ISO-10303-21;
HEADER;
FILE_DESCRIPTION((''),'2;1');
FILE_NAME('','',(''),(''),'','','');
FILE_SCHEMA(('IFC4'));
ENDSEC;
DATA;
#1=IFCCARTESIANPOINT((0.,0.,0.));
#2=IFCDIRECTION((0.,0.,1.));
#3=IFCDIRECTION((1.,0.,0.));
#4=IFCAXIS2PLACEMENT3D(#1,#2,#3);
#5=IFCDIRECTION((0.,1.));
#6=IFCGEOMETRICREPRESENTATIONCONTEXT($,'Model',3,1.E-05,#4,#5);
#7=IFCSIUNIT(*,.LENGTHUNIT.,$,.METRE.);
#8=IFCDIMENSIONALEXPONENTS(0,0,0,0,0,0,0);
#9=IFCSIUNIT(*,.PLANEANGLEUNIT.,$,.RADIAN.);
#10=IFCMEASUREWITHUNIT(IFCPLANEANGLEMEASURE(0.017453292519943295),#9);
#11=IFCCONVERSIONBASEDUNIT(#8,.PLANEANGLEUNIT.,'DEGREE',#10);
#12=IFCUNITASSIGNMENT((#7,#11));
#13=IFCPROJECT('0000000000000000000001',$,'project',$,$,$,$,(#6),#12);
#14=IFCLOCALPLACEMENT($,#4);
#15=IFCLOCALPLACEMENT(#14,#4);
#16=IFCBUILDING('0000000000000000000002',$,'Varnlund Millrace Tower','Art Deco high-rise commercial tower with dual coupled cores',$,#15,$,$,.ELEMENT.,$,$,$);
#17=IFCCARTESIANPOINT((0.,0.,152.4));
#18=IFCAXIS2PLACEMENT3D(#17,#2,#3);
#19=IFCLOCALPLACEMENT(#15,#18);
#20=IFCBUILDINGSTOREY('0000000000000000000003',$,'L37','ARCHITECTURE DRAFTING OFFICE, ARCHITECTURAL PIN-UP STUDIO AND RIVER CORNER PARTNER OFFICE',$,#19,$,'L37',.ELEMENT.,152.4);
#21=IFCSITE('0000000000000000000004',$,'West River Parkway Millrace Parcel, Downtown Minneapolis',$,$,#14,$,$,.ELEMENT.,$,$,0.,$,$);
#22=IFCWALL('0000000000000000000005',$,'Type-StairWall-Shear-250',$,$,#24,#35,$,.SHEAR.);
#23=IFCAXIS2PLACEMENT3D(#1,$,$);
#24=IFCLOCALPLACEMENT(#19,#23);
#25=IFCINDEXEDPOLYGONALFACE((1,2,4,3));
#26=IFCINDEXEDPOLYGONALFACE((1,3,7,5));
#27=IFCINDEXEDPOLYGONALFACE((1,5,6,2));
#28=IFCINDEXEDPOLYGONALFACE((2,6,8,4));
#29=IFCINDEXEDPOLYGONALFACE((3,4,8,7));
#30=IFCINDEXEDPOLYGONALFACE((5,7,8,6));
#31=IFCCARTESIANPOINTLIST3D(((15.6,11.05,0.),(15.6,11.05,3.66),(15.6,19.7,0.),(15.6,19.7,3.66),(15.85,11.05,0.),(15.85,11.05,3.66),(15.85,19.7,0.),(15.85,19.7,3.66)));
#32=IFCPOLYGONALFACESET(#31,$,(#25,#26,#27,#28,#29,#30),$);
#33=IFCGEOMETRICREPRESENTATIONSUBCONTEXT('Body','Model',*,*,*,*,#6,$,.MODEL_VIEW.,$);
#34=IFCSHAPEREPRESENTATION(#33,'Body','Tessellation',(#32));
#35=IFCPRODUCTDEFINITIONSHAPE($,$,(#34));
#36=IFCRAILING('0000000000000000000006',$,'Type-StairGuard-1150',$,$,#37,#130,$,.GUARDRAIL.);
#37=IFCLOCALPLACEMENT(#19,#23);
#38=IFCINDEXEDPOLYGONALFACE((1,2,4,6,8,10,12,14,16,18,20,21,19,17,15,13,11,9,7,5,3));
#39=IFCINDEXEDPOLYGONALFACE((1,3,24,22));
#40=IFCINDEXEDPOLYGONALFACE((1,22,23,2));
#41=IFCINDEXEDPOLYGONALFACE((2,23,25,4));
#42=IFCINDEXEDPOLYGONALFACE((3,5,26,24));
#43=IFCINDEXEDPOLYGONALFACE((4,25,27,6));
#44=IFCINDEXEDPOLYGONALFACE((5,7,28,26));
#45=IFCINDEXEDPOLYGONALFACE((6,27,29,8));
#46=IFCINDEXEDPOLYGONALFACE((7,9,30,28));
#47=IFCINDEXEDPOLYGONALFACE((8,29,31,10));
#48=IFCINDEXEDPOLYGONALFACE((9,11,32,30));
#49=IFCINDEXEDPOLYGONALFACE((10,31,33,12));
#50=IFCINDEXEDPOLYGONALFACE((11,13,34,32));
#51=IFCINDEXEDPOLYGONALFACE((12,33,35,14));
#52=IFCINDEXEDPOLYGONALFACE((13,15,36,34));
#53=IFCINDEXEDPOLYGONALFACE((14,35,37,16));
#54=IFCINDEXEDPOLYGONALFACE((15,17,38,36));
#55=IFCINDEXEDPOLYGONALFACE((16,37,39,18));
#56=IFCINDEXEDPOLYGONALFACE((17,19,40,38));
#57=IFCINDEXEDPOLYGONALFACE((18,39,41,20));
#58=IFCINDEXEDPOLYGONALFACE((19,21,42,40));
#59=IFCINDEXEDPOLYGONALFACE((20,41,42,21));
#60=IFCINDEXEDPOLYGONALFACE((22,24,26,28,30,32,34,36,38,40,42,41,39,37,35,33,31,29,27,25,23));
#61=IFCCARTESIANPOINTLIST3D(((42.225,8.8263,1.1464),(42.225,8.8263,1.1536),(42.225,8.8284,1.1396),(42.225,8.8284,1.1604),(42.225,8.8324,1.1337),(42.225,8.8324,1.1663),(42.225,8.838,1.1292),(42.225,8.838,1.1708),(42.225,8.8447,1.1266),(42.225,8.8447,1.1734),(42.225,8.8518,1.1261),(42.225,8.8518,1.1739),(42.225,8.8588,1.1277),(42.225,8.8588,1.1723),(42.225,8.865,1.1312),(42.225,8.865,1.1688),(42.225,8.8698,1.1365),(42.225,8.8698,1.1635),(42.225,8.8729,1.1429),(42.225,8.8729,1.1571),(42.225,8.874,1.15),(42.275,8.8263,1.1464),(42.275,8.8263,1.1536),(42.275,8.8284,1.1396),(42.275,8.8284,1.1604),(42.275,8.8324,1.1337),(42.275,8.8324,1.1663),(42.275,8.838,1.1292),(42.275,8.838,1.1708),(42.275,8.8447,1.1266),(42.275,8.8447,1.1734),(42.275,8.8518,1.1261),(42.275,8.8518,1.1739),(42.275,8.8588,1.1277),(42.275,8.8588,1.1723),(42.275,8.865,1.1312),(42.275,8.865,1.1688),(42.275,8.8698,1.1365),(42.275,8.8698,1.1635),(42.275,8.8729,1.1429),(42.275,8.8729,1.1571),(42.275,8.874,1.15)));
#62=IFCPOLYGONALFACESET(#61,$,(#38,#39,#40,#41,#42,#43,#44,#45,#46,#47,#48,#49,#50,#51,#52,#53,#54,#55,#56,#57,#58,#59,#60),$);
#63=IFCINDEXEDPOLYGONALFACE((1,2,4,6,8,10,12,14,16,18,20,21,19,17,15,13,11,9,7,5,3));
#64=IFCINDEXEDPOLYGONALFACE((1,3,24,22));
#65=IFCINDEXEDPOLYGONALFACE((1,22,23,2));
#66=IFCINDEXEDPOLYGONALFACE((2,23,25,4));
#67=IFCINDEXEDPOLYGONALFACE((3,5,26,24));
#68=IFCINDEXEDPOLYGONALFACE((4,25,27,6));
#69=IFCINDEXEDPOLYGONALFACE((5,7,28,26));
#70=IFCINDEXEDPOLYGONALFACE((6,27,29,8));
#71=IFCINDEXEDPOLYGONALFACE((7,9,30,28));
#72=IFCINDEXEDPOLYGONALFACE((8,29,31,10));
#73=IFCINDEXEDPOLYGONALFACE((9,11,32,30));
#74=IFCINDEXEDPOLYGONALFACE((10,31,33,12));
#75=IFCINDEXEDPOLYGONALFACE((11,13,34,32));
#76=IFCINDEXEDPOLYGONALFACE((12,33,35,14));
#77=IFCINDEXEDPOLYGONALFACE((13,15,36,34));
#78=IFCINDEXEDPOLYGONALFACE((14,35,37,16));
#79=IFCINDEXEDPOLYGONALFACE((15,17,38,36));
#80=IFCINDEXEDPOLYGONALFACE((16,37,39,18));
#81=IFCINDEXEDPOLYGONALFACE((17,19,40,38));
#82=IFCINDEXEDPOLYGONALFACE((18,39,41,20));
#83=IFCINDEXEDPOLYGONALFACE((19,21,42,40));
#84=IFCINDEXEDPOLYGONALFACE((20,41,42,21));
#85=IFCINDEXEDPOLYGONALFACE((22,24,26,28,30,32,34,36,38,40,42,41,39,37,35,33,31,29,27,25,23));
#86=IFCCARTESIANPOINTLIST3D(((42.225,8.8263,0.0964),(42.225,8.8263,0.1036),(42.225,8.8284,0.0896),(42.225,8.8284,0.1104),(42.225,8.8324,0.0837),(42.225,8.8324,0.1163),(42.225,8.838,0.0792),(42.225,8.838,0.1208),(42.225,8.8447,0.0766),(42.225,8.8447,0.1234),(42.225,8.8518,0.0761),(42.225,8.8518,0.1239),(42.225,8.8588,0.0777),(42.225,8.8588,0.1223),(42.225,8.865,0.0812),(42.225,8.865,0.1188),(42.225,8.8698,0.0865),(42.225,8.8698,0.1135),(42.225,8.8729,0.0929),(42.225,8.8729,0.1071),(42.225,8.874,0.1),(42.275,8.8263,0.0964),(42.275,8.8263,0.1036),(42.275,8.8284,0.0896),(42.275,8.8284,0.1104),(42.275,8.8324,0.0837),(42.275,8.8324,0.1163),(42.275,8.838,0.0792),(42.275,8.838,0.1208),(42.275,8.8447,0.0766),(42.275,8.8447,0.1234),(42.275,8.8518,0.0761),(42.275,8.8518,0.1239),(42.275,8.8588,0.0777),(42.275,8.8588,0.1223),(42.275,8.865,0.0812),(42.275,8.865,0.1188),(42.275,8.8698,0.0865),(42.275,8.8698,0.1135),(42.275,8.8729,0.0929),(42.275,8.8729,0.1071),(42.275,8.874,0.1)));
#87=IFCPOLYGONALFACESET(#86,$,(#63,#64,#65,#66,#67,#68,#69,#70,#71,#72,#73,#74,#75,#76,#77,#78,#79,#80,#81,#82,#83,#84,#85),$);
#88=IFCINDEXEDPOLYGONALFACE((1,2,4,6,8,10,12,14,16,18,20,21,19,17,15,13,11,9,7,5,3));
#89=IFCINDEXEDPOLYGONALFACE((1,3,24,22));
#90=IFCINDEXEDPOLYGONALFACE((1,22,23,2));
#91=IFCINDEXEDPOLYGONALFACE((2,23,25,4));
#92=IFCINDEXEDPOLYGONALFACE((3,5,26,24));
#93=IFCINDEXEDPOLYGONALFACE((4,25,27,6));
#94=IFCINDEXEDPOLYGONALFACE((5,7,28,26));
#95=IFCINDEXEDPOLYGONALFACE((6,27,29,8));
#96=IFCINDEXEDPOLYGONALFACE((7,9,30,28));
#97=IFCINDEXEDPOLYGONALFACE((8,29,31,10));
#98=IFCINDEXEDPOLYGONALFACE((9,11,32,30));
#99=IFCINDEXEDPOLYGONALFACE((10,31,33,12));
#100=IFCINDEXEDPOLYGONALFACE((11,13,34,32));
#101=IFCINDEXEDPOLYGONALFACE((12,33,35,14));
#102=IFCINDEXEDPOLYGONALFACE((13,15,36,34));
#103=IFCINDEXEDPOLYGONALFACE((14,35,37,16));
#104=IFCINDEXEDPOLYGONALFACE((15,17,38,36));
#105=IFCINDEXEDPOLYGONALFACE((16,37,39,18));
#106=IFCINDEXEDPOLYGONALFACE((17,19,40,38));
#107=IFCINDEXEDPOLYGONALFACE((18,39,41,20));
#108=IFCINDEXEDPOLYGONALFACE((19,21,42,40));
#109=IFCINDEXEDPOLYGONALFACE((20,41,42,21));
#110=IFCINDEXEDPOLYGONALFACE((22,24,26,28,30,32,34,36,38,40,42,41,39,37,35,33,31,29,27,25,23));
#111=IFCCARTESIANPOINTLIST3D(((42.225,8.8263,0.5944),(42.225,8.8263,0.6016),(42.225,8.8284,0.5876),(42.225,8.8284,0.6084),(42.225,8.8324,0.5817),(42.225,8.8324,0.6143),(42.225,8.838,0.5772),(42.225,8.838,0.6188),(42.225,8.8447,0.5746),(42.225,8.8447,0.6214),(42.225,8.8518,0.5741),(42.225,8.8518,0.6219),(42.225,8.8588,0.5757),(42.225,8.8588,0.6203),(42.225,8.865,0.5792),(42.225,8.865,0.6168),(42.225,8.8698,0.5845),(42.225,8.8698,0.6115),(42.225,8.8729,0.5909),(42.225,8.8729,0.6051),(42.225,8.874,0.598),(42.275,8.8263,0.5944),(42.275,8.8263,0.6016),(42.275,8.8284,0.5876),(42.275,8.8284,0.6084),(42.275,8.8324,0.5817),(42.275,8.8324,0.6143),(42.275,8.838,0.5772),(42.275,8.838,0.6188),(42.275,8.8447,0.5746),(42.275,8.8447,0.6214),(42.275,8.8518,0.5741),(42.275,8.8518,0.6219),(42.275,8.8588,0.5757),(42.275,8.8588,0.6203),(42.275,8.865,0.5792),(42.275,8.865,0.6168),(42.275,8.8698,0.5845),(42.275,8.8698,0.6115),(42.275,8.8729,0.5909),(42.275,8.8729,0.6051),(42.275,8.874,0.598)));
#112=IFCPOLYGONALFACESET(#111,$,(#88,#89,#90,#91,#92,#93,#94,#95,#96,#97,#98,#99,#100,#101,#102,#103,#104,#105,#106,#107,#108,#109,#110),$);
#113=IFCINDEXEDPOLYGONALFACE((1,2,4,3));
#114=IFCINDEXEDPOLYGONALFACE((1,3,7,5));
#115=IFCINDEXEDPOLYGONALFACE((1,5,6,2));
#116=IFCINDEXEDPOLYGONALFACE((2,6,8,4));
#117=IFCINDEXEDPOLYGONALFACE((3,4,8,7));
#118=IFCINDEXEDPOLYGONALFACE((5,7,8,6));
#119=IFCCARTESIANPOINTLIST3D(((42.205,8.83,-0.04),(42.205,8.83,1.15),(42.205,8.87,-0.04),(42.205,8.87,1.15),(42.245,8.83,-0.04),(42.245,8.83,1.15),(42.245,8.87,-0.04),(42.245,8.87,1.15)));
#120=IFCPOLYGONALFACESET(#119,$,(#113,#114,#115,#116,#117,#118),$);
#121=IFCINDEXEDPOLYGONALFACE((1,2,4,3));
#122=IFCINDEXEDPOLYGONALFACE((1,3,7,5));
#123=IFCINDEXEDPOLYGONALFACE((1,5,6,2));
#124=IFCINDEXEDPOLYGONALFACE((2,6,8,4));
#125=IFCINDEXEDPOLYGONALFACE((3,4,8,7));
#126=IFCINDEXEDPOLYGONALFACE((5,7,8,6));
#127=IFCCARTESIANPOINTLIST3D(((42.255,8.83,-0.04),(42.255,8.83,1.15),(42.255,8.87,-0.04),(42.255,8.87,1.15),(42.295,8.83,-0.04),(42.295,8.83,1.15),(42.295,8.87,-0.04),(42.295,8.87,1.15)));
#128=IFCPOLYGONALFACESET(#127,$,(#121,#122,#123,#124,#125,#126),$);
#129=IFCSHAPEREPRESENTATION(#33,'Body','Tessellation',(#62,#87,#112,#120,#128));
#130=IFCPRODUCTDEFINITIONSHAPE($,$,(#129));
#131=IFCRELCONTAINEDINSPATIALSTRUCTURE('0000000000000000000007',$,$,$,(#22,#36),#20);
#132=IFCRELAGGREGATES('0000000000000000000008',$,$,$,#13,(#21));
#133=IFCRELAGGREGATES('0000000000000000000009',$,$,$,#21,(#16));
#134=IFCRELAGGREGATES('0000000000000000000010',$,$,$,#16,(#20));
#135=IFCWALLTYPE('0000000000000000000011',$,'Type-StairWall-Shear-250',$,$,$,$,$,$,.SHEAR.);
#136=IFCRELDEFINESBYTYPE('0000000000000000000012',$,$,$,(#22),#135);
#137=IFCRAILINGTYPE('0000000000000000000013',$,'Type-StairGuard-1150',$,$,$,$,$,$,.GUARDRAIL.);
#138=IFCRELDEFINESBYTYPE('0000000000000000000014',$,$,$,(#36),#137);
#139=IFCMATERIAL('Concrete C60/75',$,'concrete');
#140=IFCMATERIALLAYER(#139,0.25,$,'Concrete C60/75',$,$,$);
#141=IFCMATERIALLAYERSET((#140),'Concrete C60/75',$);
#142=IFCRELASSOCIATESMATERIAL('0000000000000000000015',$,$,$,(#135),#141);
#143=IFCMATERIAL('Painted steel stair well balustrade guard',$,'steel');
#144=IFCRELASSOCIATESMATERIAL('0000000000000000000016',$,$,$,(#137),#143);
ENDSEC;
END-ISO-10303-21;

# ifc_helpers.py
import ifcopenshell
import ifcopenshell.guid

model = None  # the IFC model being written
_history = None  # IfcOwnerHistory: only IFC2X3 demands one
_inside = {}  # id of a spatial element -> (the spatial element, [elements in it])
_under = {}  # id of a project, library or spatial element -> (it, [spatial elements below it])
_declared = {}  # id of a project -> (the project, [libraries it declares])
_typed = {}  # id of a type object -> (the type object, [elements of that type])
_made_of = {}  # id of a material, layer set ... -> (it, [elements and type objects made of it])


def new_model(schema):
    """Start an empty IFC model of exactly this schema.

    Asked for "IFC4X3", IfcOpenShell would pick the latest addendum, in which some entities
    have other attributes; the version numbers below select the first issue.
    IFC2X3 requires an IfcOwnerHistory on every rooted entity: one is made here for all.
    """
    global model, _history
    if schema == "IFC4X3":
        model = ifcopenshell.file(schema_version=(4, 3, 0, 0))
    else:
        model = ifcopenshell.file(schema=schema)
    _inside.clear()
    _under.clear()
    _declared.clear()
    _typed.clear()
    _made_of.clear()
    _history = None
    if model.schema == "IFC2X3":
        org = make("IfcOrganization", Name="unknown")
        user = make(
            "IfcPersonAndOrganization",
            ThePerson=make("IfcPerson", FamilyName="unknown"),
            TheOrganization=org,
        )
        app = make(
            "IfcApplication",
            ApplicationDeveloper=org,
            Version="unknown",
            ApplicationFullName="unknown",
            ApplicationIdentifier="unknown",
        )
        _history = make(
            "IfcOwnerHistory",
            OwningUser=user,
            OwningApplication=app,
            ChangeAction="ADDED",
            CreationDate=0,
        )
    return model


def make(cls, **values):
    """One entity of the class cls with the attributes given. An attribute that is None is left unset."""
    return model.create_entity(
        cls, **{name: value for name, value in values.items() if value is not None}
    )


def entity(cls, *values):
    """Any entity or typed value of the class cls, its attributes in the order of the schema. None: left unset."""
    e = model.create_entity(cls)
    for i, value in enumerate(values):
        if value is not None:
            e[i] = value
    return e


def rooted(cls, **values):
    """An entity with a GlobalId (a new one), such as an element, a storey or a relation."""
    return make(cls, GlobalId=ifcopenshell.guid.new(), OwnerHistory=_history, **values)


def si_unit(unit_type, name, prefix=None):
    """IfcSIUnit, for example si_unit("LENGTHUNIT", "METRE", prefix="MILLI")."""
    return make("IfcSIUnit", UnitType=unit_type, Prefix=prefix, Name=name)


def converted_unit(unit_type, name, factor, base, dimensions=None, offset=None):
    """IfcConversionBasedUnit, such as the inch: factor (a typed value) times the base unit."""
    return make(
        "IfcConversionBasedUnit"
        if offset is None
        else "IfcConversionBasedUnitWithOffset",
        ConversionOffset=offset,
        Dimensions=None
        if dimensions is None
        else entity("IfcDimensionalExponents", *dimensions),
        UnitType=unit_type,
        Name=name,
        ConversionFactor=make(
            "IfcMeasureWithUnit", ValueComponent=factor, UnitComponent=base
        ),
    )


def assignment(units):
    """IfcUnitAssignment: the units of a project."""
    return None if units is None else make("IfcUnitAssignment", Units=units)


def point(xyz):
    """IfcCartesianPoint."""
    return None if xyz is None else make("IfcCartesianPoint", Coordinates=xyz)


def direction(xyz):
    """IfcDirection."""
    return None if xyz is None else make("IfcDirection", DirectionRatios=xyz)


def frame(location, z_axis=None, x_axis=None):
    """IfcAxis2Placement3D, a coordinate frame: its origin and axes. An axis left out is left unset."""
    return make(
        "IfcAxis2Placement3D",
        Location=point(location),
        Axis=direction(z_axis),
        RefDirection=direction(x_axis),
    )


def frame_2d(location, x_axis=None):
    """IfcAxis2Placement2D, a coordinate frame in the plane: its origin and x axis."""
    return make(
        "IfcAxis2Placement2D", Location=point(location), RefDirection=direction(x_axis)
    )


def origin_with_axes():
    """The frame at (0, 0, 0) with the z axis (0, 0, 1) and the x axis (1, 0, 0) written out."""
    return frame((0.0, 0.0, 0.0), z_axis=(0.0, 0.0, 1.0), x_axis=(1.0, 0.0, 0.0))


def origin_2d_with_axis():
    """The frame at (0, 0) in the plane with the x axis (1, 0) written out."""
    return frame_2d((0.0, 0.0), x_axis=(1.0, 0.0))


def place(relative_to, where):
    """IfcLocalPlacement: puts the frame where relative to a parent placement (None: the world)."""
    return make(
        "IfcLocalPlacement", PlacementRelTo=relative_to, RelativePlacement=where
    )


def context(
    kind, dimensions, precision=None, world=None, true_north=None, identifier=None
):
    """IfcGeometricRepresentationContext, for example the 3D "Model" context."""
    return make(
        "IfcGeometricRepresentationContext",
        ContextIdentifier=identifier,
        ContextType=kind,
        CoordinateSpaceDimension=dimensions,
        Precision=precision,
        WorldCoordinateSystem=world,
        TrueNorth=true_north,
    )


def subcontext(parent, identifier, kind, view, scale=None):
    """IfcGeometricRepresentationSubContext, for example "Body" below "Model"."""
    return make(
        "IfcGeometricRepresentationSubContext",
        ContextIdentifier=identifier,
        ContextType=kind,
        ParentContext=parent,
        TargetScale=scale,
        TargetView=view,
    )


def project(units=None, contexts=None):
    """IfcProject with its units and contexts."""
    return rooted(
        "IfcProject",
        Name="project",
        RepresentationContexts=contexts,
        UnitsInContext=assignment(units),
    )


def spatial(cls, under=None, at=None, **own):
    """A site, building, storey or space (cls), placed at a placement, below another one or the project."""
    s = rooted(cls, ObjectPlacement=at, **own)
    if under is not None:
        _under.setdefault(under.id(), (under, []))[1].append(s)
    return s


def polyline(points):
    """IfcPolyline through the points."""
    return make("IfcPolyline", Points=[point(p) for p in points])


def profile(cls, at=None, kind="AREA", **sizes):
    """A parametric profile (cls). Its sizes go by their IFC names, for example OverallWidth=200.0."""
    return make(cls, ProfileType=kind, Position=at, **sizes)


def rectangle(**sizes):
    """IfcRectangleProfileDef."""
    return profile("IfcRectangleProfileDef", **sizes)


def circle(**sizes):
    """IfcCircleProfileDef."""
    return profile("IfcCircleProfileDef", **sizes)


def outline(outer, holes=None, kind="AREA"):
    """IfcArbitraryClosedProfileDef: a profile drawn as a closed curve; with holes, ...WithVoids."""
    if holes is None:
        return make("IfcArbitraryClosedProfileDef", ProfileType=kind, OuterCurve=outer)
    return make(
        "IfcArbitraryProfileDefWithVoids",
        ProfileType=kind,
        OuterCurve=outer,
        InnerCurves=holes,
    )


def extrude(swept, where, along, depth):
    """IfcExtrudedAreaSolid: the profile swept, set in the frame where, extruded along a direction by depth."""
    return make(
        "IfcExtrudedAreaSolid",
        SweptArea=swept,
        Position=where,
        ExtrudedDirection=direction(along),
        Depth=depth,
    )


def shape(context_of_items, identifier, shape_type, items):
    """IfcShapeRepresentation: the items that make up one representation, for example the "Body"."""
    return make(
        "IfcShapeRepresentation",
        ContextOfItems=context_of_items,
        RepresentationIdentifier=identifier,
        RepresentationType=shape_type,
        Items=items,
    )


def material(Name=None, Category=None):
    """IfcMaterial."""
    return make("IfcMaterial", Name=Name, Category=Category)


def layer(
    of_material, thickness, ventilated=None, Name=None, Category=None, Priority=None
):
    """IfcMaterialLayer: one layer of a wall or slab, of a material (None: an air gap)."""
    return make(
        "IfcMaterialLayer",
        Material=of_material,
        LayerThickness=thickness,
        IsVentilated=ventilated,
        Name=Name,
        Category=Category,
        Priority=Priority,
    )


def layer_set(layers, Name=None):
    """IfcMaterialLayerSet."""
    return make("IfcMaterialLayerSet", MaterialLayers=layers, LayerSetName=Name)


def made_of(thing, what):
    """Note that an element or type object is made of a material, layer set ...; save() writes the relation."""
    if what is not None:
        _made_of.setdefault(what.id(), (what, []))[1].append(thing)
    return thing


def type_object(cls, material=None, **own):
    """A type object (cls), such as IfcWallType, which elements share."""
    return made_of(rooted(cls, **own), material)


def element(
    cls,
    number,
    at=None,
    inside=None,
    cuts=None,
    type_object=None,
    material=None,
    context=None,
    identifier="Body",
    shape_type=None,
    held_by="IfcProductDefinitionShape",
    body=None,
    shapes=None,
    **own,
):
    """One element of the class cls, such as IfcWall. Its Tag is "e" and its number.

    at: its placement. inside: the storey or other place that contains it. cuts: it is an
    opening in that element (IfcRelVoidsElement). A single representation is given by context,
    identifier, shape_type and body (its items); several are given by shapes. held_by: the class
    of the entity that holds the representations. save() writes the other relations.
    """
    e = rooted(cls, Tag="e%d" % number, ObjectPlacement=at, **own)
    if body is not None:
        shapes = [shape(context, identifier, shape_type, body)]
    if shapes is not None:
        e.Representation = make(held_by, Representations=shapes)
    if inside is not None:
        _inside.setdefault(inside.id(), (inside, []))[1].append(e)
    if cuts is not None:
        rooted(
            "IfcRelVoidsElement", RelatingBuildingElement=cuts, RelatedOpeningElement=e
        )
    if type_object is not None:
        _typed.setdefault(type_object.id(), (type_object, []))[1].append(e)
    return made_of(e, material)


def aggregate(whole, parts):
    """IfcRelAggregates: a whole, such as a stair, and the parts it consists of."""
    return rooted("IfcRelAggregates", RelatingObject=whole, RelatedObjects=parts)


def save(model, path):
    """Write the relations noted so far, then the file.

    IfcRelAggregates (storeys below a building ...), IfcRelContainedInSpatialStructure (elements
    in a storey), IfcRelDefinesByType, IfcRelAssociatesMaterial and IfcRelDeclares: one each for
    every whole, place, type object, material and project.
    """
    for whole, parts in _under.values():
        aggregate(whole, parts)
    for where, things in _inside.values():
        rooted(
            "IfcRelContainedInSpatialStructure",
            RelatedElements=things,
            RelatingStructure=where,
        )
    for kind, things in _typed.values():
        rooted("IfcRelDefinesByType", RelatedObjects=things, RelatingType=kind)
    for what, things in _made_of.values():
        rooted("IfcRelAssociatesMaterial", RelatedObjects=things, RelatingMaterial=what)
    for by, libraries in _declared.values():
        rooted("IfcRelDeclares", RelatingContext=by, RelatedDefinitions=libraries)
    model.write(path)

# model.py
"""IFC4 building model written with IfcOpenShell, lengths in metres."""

from ifc_helpers import new_model, entity, si_unit, converted_unit, direction, frame, origin_with_axes, origin_2d_with_axis, place, context, subcontext, project, spatial, polyline, rectangle, circle, outline, extrude, material, layer, layer_set, type_object, element, save


model = new_model("IFC4")

# Units and contexts
model_context = context("Model", 3, precision=1e-05, world=origin_with_axes(), true_north=direction((0.0, 1.0)))
body_context = subcontext(model_context, "Body", "Model", "MODEL_VIEW")
ifc_project = project(units=[si_unit("LENGTHUNIT", "METRE"), converted_unit("PLANEANGLEUNIT", "DEGREE", entity("IfcPlaneAngleMeasure", 0.017453292519943295), si_unit("PLANEANGLEUNIT", "RADIAN"), dimensions=[0, 0, 0, 0, 0, 0, 0])], contexts=[model_context])

# Site, building, storey
site_placement = place(None, origin_with_axes())
site = spatial("IfcSite", under=ifc_project, at=site_placement, Name="West River Parkway Millrace Parcel, Downtown Minneapolis", CompositionType="ELEMENT", RefElevation=0.0)
building_placement = place(site_placement, origin_with_axes())
building = spatial("IfcBuilding", under=site, at=building_placement, Name="Varnlund Millrace Tower", Description="Art Deco high-rise commercial tower with dual coupled cores", CompositionType="ELEMENT")
storey_placement = place(building_placement, frame((0.0, 0.0, 152.4), z_axis=(0.0, 0.0, 1.0), x_axis=(1.0, 0.0, 0.0)))
storey = spatial("IfcBuildingStorey", under=building, at=storey_placement, Name="L37", Description="ARCHITECTURE DRAFTING OFFICE, ARCHITECTURAL PIN-UP STUDIO AND RIVER CORNER PARTNER OFFICE", LongName="L37", CompositionType="ELEMENT", Elevation=152.4)

# Shared definitions
ifc_material_1 = material(Name="Concrete C60/75", Category="concrete")

# Wall
ifc_layer_1 = layer(ifc_material_1, 0.25, Name="Concrete C60/75")
ifc_layer_set_1 = layer_set([ifc_layer_1], Name="Concrete C60/75")
wall_type_1 = type_object("IfcWallType", Name="Type-StairWall-Shear-250", PredefinedType="SHEAR", material=ifc_layer_set_1)
wall_1_placement = place(storey_placement, frame((15.725, 11.05, 0.0), z_axis=(0.0, 0.0, 1.0), x_axis=(0.0, 1.0, 0.0)))
element("IfcWall", 1, at=wall_1_placement, inside=storey, type_object=wall_type_1, Name="Type-StairWall-Shear-250", PredefinedType="SHEAR", context=body_context, shape_type="SweptSolid", body=[
    extrude(outline(polyline([(0.0, -0.125), (8.65, -0.125), (8.65, 0.125), (0.0, 0.125), (0.0, -0.125)])), origin_with_axes(), (0.0, 0.0, 1.0), 3.66),
])

# Railing
ifc_material_2 = material(Name="Painted steel stair well balustrade guard", Category="steel")
railing_type_1 = type_object("IfcRailingType", Name="Type-StairGuard-1150", PredefinedType="GUARDRAIL", material=ifc_material_2)
railing_1_placement = place(storey_placement, frame((0.0, 0.0, -152.4), z_axis=(0.0, 0.0, 1.0), x_axis=(1.0, 0.0, 0.0)))
element("IfcRailing", 2, at=railing_1_placement, inside=storey, type_object=railing_type_1, Name="Type-StairGuard-1150", PredefinedType="GUARDRAIL", context=body_context, shape_type="SweptSolid", body=[
    extrude(circle(Radius=0.024, at=origin_2d_with_axis()), frame((42.225, 8.85, 153.55), z_axis=(1.0, 0.0, 0.0), x_axis=(0.0, 1.0, 0.0)), (0.0, 0.0, 1.0), 0.05),
    extrude(circle(Radius=0.024, at=origin_2d_with_axis()), frame((42.225, 8.85, 152.5), z_axis=(1.0, 0.0, 0.0), x_axis=(0.0, 1.0, 0.0)), (0.0, 0.0, 1.0), 0.05),
    extrude(circle(Radius=0.024, at=origin_2d_with_axis()), frame((42.225, 8.85, 152.998), z_axis=(1.0, 0.0, 0.0), x_axis=(0.0, 1.0, 0.0)), (0.0, 0.0, 1.0), 0.05),
    extrude(rectangle(XDim=0.04, YDim=0.04, at=origin_2d_with_axis()), frame((42.225, 8.85, 152.36), z_axis=(0.0, 0.0, 1.0), x_axis=(1.0, 0.0, 0.0)), (0.0, 0.0, 1.0), 1.19),
    extrude(rectangle(XDim=0.04, YDim=0.04, at=origin_2d_with_axis()), frame((42.275, 8.85, 152.36), z_axis=(0.0, 0.0, 1.0), x_axis=(1.0, 0.0, 0.0)), (0.0, 0.0, 1.0), 1.19),
])

save(model, "model.ifc")
